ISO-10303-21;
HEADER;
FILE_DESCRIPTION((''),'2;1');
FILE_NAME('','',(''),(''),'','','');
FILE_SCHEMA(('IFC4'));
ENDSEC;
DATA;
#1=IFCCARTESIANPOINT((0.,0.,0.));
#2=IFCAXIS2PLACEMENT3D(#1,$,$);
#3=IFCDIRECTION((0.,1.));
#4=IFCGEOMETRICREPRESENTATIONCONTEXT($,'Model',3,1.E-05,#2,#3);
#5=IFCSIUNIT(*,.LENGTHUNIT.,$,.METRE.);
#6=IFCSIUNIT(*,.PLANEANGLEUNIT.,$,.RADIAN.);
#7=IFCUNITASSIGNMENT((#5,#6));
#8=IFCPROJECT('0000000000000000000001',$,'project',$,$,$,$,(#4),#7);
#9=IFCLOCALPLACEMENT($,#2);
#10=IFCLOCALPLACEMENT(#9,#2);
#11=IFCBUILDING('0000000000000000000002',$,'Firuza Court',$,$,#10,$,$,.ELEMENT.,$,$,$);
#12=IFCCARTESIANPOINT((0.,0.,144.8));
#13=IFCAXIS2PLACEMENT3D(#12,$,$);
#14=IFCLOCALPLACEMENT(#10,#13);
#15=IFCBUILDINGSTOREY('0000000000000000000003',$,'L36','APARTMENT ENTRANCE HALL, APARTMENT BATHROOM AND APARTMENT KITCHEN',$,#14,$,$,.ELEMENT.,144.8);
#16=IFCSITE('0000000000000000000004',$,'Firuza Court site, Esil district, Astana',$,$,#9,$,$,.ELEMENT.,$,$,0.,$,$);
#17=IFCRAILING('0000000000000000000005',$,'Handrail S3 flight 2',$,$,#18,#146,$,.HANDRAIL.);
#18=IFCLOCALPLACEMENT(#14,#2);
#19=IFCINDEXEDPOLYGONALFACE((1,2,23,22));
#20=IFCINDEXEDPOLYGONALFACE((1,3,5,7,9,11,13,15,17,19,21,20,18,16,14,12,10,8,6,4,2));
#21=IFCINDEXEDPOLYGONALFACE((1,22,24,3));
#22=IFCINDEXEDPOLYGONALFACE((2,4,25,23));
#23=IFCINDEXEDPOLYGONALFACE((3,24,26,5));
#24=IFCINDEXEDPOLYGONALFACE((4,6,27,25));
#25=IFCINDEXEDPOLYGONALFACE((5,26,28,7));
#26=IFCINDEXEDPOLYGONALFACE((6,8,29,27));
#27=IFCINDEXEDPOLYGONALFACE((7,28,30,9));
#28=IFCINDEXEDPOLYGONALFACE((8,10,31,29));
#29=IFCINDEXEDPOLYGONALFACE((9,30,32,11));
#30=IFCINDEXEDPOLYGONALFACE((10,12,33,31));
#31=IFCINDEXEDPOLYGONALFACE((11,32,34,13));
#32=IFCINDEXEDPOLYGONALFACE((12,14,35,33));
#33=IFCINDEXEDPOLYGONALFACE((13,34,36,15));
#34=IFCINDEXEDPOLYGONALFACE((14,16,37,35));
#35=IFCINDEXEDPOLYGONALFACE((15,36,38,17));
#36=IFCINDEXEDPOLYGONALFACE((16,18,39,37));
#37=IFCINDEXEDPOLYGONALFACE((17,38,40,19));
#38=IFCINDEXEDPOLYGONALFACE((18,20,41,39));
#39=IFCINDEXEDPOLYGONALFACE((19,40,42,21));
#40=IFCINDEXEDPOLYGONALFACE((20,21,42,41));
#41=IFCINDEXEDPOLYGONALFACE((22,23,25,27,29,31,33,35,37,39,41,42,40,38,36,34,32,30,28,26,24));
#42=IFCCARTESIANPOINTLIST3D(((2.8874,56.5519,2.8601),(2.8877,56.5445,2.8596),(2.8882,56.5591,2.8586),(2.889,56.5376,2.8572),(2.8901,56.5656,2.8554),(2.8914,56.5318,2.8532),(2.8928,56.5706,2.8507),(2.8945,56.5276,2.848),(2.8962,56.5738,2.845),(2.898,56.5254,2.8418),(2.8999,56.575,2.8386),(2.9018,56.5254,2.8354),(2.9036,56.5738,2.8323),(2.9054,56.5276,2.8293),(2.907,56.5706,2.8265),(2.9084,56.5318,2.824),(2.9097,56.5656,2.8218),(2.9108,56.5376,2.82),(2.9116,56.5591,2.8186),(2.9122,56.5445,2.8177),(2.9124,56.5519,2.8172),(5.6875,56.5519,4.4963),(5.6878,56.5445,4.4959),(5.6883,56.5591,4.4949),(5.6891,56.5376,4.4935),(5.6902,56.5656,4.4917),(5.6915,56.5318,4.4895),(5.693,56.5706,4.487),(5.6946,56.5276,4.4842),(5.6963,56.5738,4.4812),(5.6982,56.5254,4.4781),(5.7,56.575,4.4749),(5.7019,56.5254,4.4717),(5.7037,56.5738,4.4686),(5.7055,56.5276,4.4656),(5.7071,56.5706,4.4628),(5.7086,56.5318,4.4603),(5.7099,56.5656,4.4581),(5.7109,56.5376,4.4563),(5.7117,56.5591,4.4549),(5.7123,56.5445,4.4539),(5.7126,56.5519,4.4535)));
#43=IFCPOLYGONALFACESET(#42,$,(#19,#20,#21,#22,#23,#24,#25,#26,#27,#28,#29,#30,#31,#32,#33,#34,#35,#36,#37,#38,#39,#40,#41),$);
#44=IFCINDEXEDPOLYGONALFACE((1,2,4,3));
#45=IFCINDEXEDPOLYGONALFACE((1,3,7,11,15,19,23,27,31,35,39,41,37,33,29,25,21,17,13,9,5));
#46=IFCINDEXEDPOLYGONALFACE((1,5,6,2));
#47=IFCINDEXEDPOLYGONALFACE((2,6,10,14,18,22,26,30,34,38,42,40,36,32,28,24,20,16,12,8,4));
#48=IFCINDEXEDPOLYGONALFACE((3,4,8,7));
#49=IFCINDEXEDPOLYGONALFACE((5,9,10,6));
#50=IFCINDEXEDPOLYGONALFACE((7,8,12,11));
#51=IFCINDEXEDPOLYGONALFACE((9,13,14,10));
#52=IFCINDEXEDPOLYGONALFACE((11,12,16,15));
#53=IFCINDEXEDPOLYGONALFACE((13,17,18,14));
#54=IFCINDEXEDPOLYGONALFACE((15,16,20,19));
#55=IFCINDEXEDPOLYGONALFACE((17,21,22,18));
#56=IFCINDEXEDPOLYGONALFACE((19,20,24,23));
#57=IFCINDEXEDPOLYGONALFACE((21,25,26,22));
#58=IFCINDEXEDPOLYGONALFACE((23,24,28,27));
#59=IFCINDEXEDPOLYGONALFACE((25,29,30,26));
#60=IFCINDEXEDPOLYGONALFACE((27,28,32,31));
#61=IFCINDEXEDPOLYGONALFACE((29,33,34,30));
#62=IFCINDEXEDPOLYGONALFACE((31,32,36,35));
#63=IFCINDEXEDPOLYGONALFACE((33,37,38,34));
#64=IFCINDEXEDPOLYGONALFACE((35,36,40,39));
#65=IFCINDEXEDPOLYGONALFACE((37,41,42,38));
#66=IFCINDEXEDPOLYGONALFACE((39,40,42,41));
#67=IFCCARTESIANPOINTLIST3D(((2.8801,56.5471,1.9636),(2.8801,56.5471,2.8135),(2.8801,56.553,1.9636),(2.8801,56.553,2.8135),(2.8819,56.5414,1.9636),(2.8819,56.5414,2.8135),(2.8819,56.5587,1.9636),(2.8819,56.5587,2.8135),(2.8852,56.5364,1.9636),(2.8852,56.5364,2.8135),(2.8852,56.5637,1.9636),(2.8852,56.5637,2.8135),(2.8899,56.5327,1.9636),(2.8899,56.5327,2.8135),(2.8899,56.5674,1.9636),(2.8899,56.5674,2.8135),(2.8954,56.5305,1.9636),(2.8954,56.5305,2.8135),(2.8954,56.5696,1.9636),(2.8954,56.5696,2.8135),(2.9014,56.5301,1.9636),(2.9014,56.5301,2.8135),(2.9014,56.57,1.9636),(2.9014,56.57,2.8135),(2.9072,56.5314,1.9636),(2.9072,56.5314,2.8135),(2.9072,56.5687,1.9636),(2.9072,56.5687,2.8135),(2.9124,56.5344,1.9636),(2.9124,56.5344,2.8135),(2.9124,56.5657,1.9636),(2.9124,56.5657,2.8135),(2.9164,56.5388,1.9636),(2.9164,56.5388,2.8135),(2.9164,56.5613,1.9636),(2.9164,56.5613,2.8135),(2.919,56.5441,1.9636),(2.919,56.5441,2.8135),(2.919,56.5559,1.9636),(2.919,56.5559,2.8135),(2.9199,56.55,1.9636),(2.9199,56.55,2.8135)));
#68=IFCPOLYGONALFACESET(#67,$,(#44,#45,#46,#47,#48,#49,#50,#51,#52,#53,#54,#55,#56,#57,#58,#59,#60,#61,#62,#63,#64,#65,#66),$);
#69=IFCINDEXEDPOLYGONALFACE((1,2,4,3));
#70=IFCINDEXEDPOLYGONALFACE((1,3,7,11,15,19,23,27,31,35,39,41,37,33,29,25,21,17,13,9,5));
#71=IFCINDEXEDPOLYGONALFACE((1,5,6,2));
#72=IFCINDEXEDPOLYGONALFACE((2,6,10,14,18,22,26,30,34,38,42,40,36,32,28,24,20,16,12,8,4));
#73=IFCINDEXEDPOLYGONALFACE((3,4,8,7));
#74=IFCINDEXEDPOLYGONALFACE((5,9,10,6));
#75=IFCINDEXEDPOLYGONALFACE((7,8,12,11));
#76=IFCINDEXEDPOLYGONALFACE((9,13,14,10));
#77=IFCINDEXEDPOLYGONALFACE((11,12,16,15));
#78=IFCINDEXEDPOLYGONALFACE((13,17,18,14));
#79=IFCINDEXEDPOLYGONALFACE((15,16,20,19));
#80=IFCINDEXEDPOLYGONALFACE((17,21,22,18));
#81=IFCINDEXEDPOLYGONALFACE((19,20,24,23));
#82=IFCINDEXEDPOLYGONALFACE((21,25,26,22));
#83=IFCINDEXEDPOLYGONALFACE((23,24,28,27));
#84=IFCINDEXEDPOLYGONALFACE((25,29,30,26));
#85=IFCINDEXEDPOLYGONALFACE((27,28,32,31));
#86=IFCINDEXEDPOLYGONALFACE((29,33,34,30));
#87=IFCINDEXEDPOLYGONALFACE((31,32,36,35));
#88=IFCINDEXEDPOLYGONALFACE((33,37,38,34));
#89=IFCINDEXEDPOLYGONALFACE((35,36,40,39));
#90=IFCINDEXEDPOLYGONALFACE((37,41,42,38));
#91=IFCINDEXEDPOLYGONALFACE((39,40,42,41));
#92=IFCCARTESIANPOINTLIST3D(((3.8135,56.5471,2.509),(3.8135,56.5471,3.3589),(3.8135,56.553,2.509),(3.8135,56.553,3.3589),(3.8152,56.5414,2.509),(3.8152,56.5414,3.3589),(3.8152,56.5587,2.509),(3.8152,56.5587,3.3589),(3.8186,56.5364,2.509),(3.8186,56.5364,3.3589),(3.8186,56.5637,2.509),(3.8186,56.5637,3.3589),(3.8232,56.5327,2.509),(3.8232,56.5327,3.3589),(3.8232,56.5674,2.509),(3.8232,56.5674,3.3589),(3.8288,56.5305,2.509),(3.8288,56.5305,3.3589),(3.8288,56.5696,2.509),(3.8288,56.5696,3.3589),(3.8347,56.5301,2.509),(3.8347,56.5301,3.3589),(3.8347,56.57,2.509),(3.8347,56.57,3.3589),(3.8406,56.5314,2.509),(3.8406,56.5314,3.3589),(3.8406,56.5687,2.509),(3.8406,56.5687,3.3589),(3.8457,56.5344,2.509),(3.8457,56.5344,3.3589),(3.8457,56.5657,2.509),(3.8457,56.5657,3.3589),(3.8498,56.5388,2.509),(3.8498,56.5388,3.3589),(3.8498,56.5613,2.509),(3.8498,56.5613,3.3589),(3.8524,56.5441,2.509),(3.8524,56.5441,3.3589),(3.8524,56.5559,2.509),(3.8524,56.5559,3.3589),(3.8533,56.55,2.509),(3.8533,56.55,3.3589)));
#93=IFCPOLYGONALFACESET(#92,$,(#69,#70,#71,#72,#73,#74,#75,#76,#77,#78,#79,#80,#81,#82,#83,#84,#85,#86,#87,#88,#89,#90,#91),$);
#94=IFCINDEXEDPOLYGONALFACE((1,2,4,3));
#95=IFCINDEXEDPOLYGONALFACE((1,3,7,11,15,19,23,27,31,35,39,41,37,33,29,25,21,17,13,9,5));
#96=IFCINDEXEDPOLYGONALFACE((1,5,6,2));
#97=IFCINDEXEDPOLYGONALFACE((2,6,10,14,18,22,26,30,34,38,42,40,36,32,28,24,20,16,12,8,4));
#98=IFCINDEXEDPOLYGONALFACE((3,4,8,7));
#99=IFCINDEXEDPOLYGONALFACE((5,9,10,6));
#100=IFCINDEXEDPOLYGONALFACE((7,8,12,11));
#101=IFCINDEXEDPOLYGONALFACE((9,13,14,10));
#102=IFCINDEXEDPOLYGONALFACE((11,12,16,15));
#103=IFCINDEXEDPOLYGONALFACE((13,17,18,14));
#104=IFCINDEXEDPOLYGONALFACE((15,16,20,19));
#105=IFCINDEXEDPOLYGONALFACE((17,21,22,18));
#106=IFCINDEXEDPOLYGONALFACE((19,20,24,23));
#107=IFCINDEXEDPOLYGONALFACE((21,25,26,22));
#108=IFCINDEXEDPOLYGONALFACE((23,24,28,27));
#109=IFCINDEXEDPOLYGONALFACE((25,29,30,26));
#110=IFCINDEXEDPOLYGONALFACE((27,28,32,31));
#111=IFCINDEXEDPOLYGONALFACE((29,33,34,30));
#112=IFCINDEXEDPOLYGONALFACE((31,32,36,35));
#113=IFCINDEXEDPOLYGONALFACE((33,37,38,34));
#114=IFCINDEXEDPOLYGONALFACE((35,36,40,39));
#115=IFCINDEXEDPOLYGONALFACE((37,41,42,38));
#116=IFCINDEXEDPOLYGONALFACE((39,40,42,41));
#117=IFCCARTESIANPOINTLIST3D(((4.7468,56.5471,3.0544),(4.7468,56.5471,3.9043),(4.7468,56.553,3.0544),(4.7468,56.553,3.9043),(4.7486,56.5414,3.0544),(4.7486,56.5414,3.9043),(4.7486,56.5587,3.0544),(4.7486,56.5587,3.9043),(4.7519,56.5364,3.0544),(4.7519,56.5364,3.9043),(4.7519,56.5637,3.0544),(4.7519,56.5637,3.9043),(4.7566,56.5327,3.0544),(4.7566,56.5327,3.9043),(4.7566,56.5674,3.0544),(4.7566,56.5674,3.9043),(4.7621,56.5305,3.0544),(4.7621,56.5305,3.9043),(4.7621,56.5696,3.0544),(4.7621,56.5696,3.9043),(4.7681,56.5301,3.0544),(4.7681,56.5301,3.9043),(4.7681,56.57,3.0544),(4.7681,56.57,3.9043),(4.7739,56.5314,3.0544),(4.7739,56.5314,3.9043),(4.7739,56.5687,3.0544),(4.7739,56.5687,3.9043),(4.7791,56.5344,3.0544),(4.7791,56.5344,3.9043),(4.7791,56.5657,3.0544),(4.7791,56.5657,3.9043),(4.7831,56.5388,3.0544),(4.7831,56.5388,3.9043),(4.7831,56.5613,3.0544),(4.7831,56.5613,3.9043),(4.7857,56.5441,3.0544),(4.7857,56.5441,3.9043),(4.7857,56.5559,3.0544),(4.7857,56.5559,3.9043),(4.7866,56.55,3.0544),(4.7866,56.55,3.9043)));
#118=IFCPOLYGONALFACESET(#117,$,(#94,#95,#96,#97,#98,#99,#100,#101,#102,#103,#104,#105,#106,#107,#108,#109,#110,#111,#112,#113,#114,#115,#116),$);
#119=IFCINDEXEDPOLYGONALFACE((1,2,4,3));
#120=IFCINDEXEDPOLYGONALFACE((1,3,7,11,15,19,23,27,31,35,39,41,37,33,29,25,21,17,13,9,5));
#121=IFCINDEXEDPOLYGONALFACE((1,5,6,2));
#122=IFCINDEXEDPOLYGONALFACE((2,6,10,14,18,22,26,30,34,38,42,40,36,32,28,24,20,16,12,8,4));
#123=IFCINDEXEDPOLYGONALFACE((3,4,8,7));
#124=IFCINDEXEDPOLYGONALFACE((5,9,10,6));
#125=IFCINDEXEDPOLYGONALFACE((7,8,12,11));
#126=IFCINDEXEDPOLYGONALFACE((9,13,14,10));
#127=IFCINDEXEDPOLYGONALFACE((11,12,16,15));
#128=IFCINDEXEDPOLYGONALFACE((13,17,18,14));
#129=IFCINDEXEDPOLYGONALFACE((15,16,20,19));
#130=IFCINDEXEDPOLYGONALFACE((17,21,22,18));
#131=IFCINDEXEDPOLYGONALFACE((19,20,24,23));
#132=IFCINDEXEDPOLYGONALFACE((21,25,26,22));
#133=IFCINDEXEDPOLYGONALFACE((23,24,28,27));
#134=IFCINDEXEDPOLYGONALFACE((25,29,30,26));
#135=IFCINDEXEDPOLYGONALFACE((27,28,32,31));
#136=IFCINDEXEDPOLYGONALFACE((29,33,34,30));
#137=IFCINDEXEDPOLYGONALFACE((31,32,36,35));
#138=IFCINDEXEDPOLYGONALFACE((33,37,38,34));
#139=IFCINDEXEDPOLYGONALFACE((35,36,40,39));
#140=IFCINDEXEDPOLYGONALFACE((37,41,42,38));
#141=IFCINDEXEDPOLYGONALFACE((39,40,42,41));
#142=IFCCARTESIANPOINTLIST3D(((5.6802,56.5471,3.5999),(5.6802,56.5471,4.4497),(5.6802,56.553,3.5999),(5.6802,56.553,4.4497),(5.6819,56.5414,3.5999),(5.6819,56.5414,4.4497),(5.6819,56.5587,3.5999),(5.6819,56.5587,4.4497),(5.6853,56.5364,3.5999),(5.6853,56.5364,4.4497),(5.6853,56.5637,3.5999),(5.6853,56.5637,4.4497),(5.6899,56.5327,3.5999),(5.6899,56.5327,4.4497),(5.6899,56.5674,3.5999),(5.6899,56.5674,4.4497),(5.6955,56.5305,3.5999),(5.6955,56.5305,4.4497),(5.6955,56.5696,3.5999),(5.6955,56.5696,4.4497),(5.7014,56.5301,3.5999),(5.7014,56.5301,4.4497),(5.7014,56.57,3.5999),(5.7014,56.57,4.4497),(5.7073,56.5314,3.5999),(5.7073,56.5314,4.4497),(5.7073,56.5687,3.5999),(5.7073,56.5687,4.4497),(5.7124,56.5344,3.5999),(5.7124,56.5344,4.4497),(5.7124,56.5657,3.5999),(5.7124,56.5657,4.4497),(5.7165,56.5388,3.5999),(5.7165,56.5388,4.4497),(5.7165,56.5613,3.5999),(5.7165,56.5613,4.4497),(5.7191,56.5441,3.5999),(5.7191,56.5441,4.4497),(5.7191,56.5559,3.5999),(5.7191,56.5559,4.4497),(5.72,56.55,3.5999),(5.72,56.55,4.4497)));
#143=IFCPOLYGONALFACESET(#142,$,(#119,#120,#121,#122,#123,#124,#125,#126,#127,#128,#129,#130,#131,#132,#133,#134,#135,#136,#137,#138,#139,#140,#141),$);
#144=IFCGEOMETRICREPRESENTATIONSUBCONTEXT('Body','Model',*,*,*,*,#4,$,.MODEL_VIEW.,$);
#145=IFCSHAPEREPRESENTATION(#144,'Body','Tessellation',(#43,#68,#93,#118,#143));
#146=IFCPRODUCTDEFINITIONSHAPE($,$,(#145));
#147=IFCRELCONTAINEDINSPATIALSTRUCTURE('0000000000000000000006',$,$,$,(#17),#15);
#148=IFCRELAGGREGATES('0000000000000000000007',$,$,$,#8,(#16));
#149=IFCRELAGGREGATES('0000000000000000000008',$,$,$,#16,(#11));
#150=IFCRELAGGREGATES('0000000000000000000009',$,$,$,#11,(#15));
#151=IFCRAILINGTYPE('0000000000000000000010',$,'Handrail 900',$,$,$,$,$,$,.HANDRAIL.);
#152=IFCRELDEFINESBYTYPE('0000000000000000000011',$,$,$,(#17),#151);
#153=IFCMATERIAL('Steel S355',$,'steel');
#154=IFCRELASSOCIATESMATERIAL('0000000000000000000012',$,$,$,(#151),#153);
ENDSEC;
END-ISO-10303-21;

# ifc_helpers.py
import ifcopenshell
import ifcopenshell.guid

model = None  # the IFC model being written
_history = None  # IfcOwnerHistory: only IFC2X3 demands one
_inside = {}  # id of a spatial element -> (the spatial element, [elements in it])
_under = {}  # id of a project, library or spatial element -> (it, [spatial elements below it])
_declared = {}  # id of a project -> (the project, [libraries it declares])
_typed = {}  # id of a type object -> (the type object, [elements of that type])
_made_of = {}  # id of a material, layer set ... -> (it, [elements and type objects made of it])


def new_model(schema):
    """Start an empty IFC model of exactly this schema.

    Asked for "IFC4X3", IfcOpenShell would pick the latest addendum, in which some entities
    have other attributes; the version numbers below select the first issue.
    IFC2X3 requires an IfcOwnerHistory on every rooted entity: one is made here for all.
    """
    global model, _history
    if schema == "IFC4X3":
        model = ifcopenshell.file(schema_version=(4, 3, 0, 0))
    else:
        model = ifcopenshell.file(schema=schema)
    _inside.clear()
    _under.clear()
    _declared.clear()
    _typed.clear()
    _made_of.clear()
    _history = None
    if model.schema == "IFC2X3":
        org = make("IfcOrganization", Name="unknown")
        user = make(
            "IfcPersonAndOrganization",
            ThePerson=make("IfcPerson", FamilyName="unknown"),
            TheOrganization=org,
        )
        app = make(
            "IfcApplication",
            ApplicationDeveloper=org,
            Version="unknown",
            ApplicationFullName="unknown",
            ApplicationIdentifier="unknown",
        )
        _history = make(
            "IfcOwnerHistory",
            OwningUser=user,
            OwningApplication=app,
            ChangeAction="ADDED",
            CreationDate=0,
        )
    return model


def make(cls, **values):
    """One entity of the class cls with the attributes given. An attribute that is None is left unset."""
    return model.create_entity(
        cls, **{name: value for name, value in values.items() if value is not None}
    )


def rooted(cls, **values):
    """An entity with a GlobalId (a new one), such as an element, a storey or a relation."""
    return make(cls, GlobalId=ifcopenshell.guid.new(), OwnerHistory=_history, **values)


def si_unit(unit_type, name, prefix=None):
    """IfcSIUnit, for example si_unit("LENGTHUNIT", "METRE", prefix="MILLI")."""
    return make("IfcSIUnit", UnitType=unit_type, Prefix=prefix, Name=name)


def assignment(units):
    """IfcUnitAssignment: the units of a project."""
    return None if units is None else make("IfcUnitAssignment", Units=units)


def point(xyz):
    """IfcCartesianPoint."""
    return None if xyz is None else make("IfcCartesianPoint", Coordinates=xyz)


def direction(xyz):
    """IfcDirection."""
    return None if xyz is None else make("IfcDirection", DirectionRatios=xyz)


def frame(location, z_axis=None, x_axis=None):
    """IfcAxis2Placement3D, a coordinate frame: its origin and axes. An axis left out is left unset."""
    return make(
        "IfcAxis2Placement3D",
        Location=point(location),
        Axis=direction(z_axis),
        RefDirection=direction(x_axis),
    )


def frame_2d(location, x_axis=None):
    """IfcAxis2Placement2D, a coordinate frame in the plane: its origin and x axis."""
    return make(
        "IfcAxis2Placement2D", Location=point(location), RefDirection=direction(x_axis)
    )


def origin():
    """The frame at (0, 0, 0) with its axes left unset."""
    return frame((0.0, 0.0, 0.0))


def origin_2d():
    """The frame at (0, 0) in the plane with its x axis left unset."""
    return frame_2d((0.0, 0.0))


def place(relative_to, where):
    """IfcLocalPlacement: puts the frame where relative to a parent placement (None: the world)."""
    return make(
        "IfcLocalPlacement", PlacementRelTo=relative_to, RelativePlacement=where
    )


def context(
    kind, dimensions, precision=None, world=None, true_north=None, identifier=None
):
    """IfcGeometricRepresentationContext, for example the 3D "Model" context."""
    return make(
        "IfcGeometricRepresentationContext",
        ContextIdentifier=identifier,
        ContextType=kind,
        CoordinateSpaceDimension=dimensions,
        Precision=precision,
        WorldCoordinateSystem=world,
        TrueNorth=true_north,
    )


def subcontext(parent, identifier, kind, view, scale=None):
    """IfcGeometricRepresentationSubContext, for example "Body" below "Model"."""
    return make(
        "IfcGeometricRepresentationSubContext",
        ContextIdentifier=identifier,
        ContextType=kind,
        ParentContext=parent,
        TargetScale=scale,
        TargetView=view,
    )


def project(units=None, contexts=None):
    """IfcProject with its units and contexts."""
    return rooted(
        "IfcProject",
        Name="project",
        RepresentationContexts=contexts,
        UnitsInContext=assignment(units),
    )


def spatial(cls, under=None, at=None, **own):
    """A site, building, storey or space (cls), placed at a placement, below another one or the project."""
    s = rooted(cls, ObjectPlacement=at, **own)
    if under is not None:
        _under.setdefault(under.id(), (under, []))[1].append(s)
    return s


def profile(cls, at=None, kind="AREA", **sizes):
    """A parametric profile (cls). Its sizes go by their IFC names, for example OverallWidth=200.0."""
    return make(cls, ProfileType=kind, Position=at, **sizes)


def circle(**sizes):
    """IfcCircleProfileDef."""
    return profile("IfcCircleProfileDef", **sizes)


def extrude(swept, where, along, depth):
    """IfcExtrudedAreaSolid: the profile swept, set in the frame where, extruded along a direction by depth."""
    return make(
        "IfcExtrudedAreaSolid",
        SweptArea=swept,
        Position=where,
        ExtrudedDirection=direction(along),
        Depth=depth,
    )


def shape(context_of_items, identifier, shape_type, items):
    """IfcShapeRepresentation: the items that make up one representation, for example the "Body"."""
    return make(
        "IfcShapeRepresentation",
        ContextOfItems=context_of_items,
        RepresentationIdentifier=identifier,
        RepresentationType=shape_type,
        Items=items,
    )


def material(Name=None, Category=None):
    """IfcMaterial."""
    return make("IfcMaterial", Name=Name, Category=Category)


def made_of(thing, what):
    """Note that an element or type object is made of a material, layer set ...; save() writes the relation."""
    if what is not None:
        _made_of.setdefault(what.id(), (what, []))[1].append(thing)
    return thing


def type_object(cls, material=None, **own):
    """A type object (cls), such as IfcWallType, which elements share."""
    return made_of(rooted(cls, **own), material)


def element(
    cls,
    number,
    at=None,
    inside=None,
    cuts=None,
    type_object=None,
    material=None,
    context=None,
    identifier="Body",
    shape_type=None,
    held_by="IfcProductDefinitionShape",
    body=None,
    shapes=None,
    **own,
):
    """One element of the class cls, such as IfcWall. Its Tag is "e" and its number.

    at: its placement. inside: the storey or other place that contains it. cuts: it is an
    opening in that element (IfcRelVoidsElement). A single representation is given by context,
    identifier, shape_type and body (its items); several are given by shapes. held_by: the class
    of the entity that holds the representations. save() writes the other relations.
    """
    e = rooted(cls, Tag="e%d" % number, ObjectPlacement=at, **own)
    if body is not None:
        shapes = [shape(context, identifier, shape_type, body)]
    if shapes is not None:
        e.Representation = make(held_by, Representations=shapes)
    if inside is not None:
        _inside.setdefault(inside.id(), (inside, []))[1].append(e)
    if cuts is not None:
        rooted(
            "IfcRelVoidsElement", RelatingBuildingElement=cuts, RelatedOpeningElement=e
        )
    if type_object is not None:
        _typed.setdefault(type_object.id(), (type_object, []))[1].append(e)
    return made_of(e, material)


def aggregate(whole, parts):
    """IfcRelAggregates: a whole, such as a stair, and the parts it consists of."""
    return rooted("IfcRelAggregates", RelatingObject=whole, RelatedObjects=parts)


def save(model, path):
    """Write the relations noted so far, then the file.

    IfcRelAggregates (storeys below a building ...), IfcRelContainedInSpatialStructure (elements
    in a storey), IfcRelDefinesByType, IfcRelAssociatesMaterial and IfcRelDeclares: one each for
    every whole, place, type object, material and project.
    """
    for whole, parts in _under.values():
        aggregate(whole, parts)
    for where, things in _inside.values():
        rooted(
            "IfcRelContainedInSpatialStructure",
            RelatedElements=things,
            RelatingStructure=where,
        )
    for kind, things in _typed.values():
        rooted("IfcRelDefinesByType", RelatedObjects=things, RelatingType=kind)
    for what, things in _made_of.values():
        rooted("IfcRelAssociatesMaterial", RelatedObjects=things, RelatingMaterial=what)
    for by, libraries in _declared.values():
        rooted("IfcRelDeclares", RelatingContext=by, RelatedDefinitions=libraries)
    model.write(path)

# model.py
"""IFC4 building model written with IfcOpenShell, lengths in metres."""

from ifc_helpers import new_model, si_unit, direction, frame, origin, origin_2d, place, context, subcontext, project, spatial, circle, extrude, material, type_object, element, save


model = new_model("IFC4")

# Units and contexts
model_context = context("Model", 3, precision=1e-05, world=origin(), true_north=direction((0.0, 1.0)))
body_context = subcontext(model_context, "Body", "Model", "MODEL_VIEW")
ifc_project = project(units=[si_unit("LENGTHUNIT", "METRE"), si_unit("PLANEANGLEUNIT", "RADIAN")], contexts=[model_context])

# Site, building, storey
site_placement = place(None, origin())
site = spatial("IfcSite", under=ifc_project, at=site_placement, Name="Firuza Court site, Esil district, Astana", CompositionType="ELEMENT", RefElevation=0.0)
building_placement = place(site_placement, origin())
building = spatial("IfcBuilding", under=site, at=building_placement, Name="Firuza Court", CompositionType="ELEMENT")
storey_placement = place(building_placement, frame((0.0, 0.0, 144.8)))
storey = spatial("IfcBuildingStorey", under=building, at=storey_placement, Name="L36", Description="APARTMENT ENTRANCE HALL, APARTMENT BATHROOM AND APARTMENT KITCHEN", CompositionType="ELEMENT", Elevation=144.8)

# Railing
ifc_material_1 = material(Name="Steel S355", Category="steel")
railing_type = type_object("IfcRailingType", Name="Handrail 900", PredefinedType="HANDRAIL", material=ifc_material_1)
railing_1_placement = place(storey_placement, frame((2.8999, 56.55, 1.9636)))
element("IfcRailing", 1, at=railing_1_placement, inside=storey, type_object=railing_type, Name="Handrail S3 flight 2", PredefinedType="HANDRAIL", context=body_context, shape_type="SweptSolid", body=[
    extrude(circle(Radius=0.0249, at=origin_2d()), frame((0.0, 0.0, 0.875), z_axis=(0.863394, 0.0, 0.504531), x_axis=(0.0, 1.0, 0.0)), (0.0, 0.0, 1.0), 3.2432),
    extrude(circle(Radius=0.02, at=origin_2d()), origin(), (0.0, 0.0, 1.0), 0.8499),
    extrude(circle(Radius=0.02, at=origin_2d()), frame((0.9333, 0.0, 0.5454)), (0.0, 0.0, 1.0), 0.8499),
    extrude(circle(Radius=0.02, at=origin_2d()), frame((1.8667, 0.0, 1.0908)), (0.0, 0.0, 1.0), 0.8499),
    extrude(circle(Radius=0.02, at=origin_2d()), frame((2.8, 0.0, 1.6362)), (0.0, 0.0, 1.0), 0.8499),
])

save(model, "model.ifc")
